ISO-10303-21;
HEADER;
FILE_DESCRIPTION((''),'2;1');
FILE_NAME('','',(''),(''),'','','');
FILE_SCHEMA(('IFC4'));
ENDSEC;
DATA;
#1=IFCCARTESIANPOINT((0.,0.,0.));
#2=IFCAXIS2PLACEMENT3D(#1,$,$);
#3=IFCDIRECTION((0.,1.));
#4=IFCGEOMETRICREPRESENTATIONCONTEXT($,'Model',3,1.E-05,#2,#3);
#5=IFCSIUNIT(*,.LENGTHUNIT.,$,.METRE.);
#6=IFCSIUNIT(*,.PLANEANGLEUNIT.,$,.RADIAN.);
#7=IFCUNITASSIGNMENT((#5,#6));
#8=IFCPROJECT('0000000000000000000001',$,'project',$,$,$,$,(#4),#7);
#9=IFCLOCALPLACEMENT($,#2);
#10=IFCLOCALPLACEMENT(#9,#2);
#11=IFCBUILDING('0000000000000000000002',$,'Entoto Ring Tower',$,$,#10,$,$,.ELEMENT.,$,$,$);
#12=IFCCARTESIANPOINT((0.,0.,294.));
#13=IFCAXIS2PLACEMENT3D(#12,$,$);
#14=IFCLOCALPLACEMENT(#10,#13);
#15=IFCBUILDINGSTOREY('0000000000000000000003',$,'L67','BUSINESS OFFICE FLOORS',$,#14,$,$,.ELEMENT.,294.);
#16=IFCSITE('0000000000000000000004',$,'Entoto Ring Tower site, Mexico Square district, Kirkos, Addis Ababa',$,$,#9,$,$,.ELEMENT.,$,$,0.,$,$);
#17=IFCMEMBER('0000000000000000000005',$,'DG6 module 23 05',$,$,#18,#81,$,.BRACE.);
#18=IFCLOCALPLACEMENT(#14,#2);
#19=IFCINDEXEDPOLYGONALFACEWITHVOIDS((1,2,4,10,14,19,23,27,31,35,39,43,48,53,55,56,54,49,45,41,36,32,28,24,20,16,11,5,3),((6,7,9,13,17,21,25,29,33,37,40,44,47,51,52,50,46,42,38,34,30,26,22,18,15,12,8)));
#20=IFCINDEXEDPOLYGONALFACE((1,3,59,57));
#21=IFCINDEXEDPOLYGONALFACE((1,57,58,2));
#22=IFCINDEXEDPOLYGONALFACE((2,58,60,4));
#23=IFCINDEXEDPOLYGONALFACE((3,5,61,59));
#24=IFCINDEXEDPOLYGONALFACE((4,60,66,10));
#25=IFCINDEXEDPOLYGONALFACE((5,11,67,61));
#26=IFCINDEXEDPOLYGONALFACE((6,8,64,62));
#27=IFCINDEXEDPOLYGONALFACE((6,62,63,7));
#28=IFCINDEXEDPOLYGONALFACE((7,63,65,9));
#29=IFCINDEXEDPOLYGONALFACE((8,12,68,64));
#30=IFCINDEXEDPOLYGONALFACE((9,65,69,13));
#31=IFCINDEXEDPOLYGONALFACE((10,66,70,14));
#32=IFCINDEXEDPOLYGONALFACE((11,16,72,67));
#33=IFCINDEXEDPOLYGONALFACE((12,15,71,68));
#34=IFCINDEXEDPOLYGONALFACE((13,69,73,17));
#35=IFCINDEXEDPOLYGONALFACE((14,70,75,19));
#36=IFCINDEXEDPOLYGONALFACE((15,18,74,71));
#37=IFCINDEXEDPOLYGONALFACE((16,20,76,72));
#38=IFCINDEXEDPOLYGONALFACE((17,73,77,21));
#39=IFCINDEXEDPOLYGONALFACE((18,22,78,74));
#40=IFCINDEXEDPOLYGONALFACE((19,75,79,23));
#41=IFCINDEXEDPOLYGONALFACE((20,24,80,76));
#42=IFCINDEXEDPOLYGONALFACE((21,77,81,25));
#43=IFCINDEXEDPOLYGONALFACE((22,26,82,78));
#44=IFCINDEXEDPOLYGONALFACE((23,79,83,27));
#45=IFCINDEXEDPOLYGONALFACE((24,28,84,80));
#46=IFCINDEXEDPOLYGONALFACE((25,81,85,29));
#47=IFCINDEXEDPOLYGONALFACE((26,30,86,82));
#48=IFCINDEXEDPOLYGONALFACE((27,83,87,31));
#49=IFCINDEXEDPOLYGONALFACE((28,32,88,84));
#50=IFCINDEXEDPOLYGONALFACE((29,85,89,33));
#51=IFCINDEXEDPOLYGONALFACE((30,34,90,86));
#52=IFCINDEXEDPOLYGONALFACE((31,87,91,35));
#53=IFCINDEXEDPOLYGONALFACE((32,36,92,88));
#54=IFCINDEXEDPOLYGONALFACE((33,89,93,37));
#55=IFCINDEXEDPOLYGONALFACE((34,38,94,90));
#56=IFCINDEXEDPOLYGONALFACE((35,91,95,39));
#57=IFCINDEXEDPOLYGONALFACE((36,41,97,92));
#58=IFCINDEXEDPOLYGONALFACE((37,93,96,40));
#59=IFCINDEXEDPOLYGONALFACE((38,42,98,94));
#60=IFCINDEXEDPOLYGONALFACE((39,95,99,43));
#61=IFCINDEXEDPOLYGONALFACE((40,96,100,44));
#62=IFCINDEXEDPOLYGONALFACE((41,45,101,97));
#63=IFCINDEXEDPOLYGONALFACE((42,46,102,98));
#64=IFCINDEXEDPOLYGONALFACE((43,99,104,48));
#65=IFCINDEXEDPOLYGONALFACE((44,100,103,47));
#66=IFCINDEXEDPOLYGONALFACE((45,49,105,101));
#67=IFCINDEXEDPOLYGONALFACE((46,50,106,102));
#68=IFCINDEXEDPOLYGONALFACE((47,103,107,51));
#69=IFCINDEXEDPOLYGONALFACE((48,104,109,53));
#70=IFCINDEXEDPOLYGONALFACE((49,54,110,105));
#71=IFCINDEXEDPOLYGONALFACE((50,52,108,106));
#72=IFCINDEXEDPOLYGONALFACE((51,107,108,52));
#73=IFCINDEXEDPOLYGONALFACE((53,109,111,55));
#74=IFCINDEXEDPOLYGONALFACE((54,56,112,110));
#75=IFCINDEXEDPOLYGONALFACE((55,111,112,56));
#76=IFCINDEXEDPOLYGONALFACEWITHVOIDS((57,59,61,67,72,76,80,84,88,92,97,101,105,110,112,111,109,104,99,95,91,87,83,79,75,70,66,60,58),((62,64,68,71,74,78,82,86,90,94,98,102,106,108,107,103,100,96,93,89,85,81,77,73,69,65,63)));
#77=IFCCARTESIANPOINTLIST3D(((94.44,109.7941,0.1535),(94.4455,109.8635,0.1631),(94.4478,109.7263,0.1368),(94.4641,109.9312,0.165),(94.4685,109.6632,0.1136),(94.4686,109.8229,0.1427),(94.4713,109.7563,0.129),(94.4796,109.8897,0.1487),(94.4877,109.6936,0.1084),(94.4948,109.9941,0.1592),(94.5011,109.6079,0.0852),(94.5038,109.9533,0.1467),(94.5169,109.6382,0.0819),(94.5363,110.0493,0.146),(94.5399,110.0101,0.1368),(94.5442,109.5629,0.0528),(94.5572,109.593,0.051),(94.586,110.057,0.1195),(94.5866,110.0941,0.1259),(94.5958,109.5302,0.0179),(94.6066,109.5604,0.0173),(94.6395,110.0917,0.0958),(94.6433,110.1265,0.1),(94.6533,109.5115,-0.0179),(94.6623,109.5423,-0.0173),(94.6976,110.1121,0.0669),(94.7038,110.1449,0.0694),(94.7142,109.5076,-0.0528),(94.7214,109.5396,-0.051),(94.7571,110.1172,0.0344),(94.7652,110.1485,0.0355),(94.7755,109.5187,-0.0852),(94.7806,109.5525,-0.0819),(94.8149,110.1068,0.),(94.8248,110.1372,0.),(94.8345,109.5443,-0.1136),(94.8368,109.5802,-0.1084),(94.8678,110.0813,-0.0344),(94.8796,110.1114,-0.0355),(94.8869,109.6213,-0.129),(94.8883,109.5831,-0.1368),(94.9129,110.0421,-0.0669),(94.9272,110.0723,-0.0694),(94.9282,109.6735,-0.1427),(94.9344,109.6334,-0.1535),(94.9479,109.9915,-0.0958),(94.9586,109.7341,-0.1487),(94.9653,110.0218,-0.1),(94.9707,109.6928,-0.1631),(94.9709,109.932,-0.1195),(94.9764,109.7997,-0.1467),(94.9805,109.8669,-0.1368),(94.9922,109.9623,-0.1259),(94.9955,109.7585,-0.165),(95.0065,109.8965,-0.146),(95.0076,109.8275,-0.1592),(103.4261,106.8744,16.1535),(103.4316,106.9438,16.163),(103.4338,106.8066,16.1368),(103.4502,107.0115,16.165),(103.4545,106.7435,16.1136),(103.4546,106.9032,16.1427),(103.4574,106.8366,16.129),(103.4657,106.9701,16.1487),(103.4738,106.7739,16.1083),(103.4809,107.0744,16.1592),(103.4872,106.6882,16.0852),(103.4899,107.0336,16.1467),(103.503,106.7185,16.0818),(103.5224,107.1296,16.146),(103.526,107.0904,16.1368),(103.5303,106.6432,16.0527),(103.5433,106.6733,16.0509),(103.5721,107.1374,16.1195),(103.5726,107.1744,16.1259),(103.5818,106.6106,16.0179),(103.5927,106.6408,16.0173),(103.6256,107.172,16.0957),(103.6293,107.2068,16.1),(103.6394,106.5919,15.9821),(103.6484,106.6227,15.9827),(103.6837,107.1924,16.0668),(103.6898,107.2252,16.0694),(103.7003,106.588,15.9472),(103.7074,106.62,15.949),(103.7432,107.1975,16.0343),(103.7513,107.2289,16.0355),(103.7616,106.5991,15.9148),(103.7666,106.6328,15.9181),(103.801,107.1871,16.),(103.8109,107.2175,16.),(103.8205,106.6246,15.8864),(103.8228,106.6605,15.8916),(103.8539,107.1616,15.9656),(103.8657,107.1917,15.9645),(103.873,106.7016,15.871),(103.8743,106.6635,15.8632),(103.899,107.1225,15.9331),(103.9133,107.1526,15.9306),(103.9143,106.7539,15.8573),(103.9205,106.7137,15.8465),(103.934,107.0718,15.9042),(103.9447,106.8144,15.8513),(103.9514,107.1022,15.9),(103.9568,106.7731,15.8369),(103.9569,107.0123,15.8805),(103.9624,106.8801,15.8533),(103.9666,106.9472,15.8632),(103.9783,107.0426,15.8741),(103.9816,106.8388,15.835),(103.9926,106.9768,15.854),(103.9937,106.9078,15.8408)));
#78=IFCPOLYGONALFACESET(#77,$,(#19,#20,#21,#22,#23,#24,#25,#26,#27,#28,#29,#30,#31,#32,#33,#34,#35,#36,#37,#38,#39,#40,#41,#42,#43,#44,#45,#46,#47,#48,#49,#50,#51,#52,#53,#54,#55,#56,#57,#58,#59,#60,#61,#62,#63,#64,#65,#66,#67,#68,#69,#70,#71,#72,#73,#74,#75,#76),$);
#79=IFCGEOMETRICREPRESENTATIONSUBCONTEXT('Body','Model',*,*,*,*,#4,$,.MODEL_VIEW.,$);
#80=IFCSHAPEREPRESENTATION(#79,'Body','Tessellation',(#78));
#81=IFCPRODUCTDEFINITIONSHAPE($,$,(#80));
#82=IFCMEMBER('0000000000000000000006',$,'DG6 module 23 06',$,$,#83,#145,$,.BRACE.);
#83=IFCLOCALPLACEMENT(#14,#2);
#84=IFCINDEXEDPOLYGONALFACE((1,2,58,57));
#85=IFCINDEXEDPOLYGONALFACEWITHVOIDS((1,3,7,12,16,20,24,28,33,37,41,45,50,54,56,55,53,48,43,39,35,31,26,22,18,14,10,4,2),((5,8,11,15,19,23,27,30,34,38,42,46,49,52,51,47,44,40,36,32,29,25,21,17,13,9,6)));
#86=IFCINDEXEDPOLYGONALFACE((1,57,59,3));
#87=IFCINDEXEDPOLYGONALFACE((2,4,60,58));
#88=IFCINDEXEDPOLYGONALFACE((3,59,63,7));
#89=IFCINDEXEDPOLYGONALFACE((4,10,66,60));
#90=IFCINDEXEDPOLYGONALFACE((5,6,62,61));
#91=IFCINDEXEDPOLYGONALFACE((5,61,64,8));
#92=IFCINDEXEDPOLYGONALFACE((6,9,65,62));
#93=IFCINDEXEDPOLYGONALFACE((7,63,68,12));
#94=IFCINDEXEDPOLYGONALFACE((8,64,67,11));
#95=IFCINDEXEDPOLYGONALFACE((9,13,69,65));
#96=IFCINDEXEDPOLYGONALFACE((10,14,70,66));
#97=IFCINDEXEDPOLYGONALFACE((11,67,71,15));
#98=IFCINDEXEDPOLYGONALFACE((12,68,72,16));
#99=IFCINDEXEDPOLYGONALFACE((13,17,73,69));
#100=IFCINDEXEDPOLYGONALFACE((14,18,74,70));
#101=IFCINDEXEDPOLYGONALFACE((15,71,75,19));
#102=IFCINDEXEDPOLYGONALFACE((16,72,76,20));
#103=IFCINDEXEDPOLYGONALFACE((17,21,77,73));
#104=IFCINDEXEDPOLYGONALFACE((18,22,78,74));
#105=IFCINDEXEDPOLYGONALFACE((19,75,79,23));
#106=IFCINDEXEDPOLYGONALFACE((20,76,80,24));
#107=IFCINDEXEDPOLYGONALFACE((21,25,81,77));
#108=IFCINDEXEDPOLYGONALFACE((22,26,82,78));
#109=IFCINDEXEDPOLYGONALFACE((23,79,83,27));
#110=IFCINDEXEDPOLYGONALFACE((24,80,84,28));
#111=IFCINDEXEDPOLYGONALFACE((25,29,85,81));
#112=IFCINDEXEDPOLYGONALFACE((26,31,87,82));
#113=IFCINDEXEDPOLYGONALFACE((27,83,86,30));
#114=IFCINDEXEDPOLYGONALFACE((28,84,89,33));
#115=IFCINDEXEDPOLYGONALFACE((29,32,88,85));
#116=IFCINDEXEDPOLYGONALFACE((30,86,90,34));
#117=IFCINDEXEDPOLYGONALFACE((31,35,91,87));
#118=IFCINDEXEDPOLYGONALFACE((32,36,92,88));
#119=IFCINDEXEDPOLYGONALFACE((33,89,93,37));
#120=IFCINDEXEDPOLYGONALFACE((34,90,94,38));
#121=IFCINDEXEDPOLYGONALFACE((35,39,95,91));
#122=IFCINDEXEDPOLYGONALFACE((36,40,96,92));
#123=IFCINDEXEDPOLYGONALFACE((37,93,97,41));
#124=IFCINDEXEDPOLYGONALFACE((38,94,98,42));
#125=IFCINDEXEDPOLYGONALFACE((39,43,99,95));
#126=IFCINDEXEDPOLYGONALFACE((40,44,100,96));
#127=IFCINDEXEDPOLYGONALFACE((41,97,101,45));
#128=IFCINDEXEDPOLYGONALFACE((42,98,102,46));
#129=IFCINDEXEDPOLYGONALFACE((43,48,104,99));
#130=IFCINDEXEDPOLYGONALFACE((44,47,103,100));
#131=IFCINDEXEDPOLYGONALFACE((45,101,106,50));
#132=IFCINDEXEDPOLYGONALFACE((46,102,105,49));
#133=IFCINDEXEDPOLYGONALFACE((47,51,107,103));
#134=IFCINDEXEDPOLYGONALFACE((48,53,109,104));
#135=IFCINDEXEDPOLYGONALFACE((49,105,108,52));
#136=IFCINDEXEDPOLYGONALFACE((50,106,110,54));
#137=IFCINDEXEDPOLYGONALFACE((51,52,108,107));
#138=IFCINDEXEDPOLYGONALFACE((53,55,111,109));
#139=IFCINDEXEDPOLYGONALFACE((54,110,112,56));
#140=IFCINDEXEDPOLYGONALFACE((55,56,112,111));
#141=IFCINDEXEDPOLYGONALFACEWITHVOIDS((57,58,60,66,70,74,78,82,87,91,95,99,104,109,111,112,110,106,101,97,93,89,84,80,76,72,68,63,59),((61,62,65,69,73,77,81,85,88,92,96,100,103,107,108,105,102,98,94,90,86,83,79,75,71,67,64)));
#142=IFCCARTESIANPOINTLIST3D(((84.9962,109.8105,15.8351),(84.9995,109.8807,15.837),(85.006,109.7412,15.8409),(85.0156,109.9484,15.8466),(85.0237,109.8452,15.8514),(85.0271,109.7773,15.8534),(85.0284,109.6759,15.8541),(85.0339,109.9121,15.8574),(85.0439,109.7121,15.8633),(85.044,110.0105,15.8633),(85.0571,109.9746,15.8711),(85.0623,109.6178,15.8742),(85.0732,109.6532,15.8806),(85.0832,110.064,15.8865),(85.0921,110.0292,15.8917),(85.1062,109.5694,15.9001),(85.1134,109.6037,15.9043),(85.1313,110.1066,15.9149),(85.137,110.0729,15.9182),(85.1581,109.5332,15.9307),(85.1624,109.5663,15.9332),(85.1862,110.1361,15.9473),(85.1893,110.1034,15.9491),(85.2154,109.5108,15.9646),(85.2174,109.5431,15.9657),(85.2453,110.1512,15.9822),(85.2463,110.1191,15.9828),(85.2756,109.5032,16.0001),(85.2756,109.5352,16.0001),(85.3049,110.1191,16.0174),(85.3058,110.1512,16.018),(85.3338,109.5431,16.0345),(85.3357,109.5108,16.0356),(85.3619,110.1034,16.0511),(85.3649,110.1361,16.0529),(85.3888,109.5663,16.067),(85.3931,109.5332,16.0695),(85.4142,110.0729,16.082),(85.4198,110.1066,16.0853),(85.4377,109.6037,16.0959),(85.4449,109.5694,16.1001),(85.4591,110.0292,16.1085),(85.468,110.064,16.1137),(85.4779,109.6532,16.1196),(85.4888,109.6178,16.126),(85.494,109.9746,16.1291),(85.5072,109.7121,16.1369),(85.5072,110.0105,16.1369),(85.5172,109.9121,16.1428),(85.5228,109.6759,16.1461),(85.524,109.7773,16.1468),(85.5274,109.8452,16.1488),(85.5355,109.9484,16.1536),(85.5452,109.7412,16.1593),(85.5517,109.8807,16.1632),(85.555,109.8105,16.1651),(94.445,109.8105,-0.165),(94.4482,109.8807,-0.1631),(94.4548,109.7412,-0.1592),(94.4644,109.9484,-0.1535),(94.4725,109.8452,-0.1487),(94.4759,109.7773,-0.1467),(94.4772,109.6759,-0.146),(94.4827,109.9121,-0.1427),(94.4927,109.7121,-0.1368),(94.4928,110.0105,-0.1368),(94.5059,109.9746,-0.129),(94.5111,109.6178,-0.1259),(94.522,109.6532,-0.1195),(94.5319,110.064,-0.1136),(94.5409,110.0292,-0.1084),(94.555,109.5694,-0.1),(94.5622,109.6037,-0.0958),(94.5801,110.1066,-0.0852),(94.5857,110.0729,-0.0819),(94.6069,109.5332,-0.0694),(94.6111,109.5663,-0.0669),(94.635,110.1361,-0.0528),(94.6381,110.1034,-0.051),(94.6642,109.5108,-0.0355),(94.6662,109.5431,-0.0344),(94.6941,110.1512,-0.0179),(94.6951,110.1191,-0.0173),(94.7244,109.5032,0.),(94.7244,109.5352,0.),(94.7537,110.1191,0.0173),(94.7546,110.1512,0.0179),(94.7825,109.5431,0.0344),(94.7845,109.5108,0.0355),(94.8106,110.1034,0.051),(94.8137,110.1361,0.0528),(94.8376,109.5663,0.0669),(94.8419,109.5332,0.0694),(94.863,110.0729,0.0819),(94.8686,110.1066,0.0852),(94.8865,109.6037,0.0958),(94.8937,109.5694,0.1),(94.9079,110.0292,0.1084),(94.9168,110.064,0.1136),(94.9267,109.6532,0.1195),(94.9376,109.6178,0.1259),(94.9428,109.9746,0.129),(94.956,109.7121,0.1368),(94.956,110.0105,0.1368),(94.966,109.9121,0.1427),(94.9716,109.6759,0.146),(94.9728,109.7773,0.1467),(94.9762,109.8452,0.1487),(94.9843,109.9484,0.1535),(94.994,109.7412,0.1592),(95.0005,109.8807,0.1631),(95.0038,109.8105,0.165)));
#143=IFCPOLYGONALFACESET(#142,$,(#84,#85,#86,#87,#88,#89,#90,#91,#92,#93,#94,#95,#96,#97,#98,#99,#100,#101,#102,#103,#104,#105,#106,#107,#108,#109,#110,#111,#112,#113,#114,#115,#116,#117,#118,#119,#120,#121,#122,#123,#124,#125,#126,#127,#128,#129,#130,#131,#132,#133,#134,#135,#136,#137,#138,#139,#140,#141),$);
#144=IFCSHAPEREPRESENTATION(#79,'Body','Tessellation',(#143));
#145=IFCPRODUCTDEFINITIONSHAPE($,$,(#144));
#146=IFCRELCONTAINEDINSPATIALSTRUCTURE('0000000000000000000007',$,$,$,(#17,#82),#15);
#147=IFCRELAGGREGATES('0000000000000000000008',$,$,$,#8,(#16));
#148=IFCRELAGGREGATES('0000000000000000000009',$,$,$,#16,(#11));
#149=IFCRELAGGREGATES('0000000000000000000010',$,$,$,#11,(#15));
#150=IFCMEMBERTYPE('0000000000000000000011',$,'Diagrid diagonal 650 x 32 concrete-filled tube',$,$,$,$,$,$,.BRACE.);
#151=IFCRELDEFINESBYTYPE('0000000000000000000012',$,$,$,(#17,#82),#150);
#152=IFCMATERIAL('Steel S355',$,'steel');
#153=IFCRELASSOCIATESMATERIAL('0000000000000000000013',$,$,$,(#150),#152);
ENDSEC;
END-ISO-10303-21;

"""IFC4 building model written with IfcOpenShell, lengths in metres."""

from ifc_helpers import new_model, si_unit, direction, frame, origin, origin_2d, place, context, subcontext, project, spatial, circle, hollow_circle, extrude, material, material_profile, profile_set, type_object, element, save


model = new_model("IFC4")

# Units and contexts
model_context = context("Model", 3, precision=1e-05, world=origin(), true_north=direction((0.0, 1.0)))
body_context = subcontext(model_context, "Body", "Model", "MODEL_VIEW")
ifc_project = project(units=[si_unit("LENGTHUNIT", "METRE"), si_unit("PLANEANGLEUNIT", "RADIAN")], contexts=[model_context])

# Site, building, storey
site_placement = place(None, origin())
site = spatial("IfcSite", under=ifc_project, at=site_placement, Name="Entoto Ring Tower site, Mexico Square district, Kirkos, Addis Ababa", CompositionType="ELEMENT", RefElevation=0.0)
building_placement = place(site_placement, origin())
building = spatial("IfcBuilding", under=site, at=building_placement, Name="Entoto Ring Tower", CompositionType="ELEMENT")
storey_placement = place(building_placement, frame((0.0, 0.0, 294.0)))
storey = spatial("IfcBuildingStorey", under=building, at=storey_placement, Name="L67", Description="BUSINESS OFFICE FLOORS", CompositionType="ELEMENT", Elevation=294.0)

# Members
ifc_material_1 = material(Name="Steel S355", Category="steel")
ifc_material_profile_1 = material_profile(ifc_material_1, hollow_circle(Radius=0.325, WallThickness=0.032, at=origin_2d()), Name="CHS 650 x 32")
ifc_material_2 = material(Name="Concrete C60/75", Category="concrete")
ifc_material_profile_2 = material_profile(ifc_material_2, circle(Radius=0.293, at=origin_2d()), Name="Concrete C60/75 infill")
ifc_profile_set_1 = profile_set([ifc_material_profile_1, ifc_material_profile_2], Name="Steel S355")
member_type_1 = type_object("IfcMemberType", Name="Diagrid diagonal 650 x 32 concrete-filled tube", PredefinedType="BRACE", material=ifc_profile_set_1)
member_1_placement = place(storey_placement, frame((94.7244, 109.8281, 0.0), z_axis=(0.483602, -0.157128, 0.861069), x_axis=(0.30901, 0.951059, 0.0)))
element("IfcMember", 1, at=member_1_placement, inside=storey, type_object=member_type_1, Name="DG6 module 23 05", PredefinedType="BRACE", context=body_context, shape_type="SweptSolid", body=[
    extrude(hollow_circle(Radius=0.325, WallThickness=0.032, at=origin_2d()), origin(), (0.0, 0.0, 1.0), 18.5815),
])
member_2_placement = place(storey_placement, frame((94.7244, 109.8281, 0.0), z_axis=(-0.508497, 0.0, 0.861064), x_axis=(0.0, -1.0, 0.0)))
element("IfcMember", 2, at=member_2_placement, inside=storey, type_object=member_type_1, Name="DG6 module 23 06", PredefinedType="BRACE", context=body_context, shape_type="SweptSolid", body=[
    extrude(hollow_circle(Radius=0.325, WallThickness=0.032, at=origin_2d()), origin(), (0.0, 0.0, 1.0), 18.5818),
])

save(model, "model.ifc")
